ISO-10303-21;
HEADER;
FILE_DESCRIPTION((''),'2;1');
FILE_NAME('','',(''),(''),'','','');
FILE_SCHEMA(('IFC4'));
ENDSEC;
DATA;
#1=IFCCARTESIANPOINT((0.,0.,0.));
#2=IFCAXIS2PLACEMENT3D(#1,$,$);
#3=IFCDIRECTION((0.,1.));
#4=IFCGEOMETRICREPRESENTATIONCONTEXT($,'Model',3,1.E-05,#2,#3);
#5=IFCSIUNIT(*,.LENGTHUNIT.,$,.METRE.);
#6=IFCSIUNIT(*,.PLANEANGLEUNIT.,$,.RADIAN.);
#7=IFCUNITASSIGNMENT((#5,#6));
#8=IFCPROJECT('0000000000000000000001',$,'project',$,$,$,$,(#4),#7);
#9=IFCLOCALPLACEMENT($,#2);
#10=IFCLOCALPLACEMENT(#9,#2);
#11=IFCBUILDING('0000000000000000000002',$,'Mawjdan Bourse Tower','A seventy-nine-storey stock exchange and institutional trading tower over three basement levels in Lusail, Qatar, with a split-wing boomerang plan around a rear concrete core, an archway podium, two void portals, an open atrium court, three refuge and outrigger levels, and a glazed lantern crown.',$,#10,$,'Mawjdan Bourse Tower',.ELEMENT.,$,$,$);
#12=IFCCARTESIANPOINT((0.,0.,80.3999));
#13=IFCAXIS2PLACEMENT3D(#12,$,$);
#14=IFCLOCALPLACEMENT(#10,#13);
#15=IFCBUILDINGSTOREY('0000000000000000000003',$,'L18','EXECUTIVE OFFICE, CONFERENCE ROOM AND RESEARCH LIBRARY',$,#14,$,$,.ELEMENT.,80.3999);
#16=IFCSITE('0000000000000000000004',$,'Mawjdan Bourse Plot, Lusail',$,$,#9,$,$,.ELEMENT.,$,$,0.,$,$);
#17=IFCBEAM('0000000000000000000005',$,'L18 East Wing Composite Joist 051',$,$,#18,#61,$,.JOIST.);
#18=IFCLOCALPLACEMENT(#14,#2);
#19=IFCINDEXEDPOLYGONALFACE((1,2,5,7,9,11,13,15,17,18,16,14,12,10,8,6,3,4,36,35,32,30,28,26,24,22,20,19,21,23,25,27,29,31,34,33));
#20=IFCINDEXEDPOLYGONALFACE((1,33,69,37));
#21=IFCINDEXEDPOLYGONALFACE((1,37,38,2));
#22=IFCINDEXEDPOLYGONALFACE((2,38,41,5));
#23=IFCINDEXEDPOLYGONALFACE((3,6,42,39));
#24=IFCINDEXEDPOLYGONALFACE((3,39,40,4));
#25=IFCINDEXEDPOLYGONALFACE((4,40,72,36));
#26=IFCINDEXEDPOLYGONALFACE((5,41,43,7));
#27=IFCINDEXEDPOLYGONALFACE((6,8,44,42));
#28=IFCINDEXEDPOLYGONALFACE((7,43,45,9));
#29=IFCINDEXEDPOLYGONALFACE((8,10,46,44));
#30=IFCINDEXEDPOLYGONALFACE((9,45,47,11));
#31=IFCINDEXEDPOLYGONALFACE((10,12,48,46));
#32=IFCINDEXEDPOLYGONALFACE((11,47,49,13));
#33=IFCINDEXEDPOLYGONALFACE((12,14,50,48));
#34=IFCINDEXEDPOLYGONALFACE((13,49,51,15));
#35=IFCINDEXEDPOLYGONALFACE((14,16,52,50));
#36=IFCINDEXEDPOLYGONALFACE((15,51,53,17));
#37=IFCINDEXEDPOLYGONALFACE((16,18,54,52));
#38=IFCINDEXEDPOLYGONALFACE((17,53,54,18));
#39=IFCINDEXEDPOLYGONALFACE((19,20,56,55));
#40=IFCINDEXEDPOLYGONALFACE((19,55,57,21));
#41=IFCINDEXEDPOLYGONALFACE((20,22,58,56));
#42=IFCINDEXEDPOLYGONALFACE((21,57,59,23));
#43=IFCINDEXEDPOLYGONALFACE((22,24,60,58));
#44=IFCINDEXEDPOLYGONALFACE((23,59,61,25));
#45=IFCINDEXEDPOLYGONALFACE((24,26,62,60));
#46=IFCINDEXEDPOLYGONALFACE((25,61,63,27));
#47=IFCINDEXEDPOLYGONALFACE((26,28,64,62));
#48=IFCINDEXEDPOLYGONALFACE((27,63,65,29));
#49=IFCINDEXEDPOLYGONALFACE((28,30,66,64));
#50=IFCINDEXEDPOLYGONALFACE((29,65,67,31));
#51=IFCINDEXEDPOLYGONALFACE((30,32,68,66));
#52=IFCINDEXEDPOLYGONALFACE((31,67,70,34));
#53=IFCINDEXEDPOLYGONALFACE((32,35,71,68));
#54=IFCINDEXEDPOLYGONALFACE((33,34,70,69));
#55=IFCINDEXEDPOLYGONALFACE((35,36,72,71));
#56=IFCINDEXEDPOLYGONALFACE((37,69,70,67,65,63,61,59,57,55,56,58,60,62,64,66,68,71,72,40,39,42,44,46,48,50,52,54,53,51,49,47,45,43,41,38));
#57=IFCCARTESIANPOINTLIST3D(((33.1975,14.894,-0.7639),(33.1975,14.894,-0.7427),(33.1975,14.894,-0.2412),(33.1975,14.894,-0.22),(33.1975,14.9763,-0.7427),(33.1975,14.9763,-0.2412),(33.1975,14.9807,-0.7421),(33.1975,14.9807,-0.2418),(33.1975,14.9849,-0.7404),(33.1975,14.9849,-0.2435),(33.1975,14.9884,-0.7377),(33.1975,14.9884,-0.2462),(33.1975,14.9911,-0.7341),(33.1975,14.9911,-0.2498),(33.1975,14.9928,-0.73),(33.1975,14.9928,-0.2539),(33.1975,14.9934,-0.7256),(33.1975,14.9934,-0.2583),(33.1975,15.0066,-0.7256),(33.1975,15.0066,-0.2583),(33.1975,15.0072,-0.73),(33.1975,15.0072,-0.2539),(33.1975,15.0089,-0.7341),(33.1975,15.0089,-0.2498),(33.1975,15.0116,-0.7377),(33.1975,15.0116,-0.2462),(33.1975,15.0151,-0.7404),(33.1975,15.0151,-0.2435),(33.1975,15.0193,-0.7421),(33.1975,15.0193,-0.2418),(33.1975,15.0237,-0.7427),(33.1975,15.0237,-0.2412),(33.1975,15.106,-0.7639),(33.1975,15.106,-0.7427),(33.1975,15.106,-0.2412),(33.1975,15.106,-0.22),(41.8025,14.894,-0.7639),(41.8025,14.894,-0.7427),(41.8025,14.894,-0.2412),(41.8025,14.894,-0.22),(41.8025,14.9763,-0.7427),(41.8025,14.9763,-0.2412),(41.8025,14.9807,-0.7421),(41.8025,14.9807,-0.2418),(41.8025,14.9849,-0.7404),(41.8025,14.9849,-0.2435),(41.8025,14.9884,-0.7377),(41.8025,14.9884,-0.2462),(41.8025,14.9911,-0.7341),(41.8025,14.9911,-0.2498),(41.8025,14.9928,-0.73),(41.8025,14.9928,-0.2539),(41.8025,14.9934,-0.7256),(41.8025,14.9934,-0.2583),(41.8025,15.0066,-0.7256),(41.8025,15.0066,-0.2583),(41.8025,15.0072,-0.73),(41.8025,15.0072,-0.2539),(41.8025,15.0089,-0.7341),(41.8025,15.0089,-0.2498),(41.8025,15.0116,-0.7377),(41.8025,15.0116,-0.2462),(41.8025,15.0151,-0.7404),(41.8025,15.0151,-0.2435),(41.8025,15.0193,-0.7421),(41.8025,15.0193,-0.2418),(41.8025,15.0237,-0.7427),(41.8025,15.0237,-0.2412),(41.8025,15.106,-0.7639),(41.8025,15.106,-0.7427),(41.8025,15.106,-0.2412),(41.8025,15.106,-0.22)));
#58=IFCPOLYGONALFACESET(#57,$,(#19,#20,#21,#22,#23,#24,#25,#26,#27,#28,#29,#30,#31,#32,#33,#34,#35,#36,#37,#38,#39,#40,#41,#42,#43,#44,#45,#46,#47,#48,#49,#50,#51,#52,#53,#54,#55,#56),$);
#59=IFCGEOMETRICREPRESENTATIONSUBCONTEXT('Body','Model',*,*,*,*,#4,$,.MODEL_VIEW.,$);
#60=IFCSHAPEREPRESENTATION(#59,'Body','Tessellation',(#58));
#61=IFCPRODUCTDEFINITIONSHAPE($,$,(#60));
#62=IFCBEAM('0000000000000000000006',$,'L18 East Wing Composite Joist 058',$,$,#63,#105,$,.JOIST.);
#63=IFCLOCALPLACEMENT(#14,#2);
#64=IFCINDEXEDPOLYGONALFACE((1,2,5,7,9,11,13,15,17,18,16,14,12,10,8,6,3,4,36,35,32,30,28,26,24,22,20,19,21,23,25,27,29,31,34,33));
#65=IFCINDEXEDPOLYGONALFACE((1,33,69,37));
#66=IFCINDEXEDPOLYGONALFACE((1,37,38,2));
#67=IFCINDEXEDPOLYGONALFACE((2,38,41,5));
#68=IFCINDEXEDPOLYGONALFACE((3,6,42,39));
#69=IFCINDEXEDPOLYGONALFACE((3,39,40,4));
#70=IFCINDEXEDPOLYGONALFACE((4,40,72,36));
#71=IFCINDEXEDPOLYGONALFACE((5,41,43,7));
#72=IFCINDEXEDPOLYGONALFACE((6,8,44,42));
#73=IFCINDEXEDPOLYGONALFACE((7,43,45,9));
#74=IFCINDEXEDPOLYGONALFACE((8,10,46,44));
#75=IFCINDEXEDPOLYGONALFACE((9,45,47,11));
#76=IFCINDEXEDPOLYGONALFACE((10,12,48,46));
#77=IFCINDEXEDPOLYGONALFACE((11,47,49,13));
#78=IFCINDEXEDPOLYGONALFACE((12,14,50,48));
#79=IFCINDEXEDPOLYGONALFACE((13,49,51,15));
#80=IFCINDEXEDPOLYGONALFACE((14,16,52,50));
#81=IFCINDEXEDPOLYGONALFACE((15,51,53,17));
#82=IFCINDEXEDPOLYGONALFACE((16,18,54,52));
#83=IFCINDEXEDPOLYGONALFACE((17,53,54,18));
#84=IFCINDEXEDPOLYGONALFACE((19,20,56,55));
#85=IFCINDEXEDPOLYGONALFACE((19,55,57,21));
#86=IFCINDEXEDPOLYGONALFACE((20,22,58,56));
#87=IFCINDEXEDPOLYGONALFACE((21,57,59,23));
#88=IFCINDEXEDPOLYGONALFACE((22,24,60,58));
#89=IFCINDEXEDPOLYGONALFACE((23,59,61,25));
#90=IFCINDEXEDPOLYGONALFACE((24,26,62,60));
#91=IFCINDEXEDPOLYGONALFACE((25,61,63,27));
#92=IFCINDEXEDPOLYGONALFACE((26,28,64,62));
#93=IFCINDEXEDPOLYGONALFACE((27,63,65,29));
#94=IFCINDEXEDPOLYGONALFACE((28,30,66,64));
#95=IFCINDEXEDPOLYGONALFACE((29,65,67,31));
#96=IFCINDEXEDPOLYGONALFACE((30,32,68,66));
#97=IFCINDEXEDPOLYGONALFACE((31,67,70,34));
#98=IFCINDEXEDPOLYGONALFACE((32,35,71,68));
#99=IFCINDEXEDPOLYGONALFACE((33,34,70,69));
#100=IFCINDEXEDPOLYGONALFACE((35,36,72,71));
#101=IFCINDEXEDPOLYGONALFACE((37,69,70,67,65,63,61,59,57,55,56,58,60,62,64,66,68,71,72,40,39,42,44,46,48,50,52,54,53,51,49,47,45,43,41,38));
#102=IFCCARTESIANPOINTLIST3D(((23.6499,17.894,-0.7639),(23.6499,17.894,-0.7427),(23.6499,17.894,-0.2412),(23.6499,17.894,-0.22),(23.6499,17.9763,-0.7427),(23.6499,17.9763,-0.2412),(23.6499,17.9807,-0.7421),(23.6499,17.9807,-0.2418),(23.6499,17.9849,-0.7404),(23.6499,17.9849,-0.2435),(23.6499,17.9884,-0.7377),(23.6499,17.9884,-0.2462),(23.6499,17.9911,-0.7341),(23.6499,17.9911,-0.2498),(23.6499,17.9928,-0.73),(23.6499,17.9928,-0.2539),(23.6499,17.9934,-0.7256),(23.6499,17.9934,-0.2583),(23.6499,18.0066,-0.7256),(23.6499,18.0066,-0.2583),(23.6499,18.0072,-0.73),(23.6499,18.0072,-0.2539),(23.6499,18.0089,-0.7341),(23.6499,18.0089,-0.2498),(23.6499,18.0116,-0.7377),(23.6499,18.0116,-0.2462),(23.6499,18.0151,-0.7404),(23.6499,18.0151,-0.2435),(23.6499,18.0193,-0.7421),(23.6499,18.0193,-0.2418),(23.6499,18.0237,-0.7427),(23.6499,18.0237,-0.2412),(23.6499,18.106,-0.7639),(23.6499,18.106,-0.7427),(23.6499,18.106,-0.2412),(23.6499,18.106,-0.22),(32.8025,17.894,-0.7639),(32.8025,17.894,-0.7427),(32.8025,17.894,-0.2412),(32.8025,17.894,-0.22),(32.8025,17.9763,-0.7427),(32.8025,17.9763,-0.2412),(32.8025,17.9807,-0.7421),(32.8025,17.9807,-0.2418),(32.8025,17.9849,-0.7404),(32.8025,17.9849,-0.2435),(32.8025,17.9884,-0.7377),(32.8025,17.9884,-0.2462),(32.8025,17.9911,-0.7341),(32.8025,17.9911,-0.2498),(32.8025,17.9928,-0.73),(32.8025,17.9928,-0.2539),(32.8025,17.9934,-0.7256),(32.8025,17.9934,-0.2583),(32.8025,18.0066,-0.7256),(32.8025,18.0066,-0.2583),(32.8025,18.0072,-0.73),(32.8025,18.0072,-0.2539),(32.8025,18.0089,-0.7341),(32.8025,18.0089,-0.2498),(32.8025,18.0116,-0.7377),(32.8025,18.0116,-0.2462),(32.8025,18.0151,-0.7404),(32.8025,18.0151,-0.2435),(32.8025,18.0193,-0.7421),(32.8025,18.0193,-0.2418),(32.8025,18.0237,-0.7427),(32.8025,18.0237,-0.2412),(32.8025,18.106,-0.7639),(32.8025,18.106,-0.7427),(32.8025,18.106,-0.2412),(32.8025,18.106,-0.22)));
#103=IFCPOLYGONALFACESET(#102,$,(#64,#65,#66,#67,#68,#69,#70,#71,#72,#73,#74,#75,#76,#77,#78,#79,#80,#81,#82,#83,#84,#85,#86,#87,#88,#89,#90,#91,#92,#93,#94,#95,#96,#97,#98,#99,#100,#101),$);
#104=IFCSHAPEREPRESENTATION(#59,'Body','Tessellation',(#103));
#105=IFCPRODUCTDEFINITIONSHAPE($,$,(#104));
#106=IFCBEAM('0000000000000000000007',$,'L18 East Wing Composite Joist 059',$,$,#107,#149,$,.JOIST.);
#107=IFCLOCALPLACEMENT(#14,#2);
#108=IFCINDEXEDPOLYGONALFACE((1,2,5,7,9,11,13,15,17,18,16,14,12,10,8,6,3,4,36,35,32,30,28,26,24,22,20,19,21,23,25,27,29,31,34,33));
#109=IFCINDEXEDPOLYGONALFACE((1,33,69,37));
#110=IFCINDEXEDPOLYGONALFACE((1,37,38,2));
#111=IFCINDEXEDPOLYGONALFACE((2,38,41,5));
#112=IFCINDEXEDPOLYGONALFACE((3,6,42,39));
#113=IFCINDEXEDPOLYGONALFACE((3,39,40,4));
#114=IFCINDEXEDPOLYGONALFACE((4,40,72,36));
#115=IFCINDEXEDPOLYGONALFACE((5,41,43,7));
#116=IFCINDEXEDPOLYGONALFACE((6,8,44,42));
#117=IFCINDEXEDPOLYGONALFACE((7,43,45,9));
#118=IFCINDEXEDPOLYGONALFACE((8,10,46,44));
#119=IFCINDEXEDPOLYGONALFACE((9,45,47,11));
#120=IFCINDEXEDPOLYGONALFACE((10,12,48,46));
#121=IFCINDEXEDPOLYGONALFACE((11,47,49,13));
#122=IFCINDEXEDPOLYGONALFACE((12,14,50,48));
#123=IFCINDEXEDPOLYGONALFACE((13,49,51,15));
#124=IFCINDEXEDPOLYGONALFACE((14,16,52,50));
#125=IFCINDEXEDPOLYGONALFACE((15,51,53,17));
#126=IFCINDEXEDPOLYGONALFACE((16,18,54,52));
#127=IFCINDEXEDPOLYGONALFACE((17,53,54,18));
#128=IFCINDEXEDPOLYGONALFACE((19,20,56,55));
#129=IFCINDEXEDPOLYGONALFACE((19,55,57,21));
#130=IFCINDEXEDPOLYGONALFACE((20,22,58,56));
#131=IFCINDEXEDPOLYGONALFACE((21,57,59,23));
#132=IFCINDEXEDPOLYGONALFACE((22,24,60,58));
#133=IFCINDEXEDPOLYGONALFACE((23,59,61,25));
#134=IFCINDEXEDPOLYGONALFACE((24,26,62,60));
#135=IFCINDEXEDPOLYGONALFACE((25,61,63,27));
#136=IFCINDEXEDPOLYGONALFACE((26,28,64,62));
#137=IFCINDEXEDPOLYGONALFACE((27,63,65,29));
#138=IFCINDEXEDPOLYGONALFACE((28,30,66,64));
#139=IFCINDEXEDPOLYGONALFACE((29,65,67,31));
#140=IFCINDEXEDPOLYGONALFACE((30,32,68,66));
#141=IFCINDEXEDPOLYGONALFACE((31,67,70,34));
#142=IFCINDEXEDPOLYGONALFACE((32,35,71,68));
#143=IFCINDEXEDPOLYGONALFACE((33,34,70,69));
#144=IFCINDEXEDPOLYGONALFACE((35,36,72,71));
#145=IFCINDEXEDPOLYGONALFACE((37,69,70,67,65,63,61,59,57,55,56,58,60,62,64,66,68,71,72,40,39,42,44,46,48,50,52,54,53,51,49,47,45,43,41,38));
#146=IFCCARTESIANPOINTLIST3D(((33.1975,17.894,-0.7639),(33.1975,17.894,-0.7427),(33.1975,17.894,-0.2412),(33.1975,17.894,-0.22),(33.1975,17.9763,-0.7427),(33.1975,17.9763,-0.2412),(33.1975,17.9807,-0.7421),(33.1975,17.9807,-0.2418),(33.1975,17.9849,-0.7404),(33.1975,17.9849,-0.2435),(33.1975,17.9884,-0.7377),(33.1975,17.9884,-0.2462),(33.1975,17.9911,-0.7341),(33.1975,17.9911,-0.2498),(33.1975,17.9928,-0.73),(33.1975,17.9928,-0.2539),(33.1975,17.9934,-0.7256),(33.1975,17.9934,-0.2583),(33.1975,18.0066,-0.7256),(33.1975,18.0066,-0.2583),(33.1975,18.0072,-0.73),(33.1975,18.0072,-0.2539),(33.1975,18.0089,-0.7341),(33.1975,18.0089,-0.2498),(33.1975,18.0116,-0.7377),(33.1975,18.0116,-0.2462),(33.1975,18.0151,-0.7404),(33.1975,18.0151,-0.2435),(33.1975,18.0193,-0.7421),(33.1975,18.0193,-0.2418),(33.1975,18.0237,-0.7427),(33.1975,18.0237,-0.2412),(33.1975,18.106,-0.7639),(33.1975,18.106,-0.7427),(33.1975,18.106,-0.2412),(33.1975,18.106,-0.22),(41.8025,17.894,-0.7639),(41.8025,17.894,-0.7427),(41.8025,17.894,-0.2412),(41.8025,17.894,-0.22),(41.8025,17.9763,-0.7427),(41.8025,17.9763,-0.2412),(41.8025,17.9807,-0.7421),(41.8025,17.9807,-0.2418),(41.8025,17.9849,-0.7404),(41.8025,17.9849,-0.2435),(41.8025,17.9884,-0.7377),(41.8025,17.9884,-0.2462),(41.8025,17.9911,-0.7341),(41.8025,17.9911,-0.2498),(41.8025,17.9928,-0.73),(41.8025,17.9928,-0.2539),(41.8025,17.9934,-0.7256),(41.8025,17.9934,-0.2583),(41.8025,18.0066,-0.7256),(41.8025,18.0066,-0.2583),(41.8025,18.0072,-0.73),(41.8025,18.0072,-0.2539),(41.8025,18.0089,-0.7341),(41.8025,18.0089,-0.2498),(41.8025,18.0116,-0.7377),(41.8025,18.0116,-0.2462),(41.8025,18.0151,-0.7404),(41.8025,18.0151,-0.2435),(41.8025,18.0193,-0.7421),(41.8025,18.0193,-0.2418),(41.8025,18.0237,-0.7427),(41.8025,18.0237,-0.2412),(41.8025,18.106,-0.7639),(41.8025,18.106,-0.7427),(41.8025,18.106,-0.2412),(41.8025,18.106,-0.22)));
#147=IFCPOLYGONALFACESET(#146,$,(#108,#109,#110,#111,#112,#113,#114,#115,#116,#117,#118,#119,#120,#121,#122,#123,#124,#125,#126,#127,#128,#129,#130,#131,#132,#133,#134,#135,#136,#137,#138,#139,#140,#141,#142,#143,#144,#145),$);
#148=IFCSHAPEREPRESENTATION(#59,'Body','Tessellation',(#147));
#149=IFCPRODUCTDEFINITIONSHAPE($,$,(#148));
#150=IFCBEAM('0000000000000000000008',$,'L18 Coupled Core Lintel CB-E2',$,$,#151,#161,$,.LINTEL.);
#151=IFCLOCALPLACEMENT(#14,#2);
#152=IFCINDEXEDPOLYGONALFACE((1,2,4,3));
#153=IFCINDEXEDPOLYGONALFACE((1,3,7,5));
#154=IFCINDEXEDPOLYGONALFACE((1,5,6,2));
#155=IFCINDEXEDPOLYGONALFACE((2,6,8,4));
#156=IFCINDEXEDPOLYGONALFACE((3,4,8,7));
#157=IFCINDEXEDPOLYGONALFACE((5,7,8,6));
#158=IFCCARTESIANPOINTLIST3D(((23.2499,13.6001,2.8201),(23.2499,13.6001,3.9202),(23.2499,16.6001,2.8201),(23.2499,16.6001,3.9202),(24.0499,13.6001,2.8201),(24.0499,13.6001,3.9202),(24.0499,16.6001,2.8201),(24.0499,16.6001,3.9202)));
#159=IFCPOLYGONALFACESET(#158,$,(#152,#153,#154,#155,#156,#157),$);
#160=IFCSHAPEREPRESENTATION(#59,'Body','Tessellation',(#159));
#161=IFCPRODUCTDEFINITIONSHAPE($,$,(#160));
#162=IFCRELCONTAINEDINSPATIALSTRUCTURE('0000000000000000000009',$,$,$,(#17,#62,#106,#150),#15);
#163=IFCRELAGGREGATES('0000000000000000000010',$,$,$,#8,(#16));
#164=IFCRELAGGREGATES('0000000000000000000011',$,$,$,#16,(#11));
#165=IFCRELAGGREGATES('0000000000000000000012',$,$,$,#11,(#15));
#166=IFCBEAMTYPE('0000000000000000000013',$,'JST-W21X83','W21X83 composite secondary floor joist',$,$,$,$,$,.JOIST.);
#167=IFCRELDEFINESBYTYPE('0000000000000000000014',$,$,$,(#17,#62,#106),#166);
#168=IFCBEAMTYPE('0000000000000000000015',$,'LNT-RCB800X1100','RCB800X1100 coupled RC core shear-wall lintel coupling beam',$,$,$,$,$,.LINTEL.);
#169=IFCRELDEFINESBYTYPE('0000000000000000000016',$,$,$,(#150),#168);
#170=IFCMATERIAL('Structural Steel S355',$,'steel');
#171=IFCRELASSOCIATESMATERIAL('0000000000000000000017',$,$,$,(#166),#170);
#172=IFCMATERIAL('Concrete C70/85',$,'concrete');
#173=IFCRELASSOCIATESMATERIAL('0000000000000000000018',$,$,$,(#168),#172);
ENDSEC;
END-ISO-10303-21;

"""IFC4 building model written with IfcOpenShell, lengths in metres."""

from ifc_helpers import new_model, si_unit, direction, frame, origin, origin_2d, place, context, subcontext, project, spatial, rectangle, i_section, extrude, material, material_profile, profile_set, type_object, element, save


model = new_model("IFC4")

# Units and contexts
model_context = context("Model", 3, precision=1e-05, world=origin(), true_north=direction((0.0, 1.0)))
body_context = subcontext(model_context, "Body", "Model", "MODEL_VIEW")
ifc_project = project(units=[si_unit("LENGTHUNIT", "METRE"), si_unit("PLANEANGLEUNIT", "RADIAN")], contexts=[model_context])

# Site, building, storey
site_placement = place(None, origin())
site = spatial("IfcSite", under=ifc_project, at=site_placement, Name="Mawjdan Bourse Plot, Lusail", CompositionType="ELEMENT", RefElevation=0.0)
building_placement = place(site_placement, origin())
building = spatial("IfcBuilding", under=site, at=building_placement, Name="Mawjdan Bourse Tower", Description="A seventy-nine-storey stock exchange and institutional trading tower over three basement levels in Lusail, Qatar, with a split-wing boomerang plan around a rear concrete core, an archway podium, two void portals, an open atrium court, three refuge and outrigger levels, and a glazed lantern crown.", LongName="Mawjdan Bourse Tower", CompositionType="ELEMENT")
storey_placement = place(building_placement, frame((0.0, 0.0, 80.3999)))
storey = spatial("IfcBuildingStorey", under=building, at=storey_placement, Name="L18", Description="EXECUTIVE OFFICE, CONFERENCE ROOM AND RESEARCH LIBRARY", CompositionType="ELEMENT", Elevation=80.3999)

# Beams
ifc_material_1 = material(Name="Structural Steel S355", Category="steel")
ifc_material_profile_1 = material_profile(ifc_material_1, i_section(OverallWidth=0.2119, OverallDepth=0.5439, WebThickness=0.0132, FlangeThickness=0.0212, FilletRadius=0.0171, at=origin_2d()), Name="W21X83")
ifc_profile_set_1 = profile_set([ifc_material_profile_1], Name="Structural Steel S355")
beam_type_1 = type_object("IfcBeamType", Name="JST-W21X83", Description="W21X83 composite secondary floor joist", PredefinedType="JOIST", material=ifc_profile_set_1)
beam_1_placement = place(storey_placement, frame((33.1975, 15.0, -0.4919), z_axis=(1.0, 0.0, 0.0), x_axis=(0.0, 1.0, 0.0)))
element("IfcBeam", 1, at=beam_1_placement, inside=storey, type_object=beam_type_1, Name="L18 East Wing Composite Joist 051", PredefinedType="JOIST", context=body_context, shape_type="SweptSolid", body=[
    extrude(i_section(OverallWidth=0.2119, OverallDepth=0.5439, WebThickness=0.0132, FlangeThickness=0.0212, FilletRadius=0.0171, at=origin_2d()), origin(), (0.0, 0.0, 1.0), 8.605),
])
beam_2_placement = place(storey_placement, frame((23.6499, 18.0, -0.4919), z_axis=(1.0, 0.0, 0.0), x_axis=(0.0, 1.0, 0.0)))
element("IfcBeam", 2, at=beam_2_placement, inside=storey, type_object=beam_type_1, Name="L18 East Wing Composite Joist 058", PredefinedType="JOIST", context=body_context, shape_type="SweptSolid", body=[
    extrude(i_section(OverallWidth=0.2119, OverallDepth=0.5439, WebThickness=0.0132, FlangeThickness=0.0212, FilletRadius=0.0171, at=origin_2d()), origin(), (0.0, 0.0, 1.0), 9.1526),
])
beam_3_placement = place(storey_placement, frame((33.1975, 18.0, -0.4919), z_axis=(1.0, 0.0, 0.0), x_axis=(0.0, 1.0, 0.0)))
element("IfcBeam", 3, at=beam_3_placement, inside=storey, type_object=beam_type_1, Name="L18 East Wing Composite Joist 059", PredefinedType="JOIST", context=body_context, shape_type="SweptSolid", body=[
    extrude(i_section(OverallWidth=0.2119, OverallDepth=0.5439, WebThickness=0.0132, FlangeThickness=0.0212, FilletRadius=0.0171, at=origin_2d()), origin(), (0.0, 0.0, 1.0), 8.605),
])
ifc_material_2 = material(Name="Concrete C70/85", Category="concrete")
ifc_material_profile_2 = material_profile(ifc_material_2, rectangle(XDim=0.8, YDim=1.1001, at=origin_2d()), Name="RCB800X1100")
ifc_profile_set_2 = profile_set([ifc_material_profile_2], Name="Concrete C70/85")
beam_type_2 = type_object("IfcBeamType", Name="LNT-RCB800X1100", Description="RCB800X1100 coupled RC core shear-wall lintel coupling beam", PredefinedType="LINTEL", material=ifc_profile_set_2)
beam_4_placement = place(storey_placement, frame((23.6499, 13.6001, 3.3701), z_axis=(0.0, 1.0, 0.0), x_axis=(-1.0, 0.0, 0.0)))
element("IfcBeam", 4, at=beam_4_placement, inside=storey, type_object=beam_type_2, Name="L18 Coupled Core Lintel CB-E2", PredefinedType="LINTEL", context=body_context, shape_type="SweptSolid", body=[
    extrude(rectangle(XDim=0.8, YDim=1.1001, at=origin_2d()), origin(), (0.0, 0.0, 1.0), 3.0),
])

save(model, "model.ifc")
